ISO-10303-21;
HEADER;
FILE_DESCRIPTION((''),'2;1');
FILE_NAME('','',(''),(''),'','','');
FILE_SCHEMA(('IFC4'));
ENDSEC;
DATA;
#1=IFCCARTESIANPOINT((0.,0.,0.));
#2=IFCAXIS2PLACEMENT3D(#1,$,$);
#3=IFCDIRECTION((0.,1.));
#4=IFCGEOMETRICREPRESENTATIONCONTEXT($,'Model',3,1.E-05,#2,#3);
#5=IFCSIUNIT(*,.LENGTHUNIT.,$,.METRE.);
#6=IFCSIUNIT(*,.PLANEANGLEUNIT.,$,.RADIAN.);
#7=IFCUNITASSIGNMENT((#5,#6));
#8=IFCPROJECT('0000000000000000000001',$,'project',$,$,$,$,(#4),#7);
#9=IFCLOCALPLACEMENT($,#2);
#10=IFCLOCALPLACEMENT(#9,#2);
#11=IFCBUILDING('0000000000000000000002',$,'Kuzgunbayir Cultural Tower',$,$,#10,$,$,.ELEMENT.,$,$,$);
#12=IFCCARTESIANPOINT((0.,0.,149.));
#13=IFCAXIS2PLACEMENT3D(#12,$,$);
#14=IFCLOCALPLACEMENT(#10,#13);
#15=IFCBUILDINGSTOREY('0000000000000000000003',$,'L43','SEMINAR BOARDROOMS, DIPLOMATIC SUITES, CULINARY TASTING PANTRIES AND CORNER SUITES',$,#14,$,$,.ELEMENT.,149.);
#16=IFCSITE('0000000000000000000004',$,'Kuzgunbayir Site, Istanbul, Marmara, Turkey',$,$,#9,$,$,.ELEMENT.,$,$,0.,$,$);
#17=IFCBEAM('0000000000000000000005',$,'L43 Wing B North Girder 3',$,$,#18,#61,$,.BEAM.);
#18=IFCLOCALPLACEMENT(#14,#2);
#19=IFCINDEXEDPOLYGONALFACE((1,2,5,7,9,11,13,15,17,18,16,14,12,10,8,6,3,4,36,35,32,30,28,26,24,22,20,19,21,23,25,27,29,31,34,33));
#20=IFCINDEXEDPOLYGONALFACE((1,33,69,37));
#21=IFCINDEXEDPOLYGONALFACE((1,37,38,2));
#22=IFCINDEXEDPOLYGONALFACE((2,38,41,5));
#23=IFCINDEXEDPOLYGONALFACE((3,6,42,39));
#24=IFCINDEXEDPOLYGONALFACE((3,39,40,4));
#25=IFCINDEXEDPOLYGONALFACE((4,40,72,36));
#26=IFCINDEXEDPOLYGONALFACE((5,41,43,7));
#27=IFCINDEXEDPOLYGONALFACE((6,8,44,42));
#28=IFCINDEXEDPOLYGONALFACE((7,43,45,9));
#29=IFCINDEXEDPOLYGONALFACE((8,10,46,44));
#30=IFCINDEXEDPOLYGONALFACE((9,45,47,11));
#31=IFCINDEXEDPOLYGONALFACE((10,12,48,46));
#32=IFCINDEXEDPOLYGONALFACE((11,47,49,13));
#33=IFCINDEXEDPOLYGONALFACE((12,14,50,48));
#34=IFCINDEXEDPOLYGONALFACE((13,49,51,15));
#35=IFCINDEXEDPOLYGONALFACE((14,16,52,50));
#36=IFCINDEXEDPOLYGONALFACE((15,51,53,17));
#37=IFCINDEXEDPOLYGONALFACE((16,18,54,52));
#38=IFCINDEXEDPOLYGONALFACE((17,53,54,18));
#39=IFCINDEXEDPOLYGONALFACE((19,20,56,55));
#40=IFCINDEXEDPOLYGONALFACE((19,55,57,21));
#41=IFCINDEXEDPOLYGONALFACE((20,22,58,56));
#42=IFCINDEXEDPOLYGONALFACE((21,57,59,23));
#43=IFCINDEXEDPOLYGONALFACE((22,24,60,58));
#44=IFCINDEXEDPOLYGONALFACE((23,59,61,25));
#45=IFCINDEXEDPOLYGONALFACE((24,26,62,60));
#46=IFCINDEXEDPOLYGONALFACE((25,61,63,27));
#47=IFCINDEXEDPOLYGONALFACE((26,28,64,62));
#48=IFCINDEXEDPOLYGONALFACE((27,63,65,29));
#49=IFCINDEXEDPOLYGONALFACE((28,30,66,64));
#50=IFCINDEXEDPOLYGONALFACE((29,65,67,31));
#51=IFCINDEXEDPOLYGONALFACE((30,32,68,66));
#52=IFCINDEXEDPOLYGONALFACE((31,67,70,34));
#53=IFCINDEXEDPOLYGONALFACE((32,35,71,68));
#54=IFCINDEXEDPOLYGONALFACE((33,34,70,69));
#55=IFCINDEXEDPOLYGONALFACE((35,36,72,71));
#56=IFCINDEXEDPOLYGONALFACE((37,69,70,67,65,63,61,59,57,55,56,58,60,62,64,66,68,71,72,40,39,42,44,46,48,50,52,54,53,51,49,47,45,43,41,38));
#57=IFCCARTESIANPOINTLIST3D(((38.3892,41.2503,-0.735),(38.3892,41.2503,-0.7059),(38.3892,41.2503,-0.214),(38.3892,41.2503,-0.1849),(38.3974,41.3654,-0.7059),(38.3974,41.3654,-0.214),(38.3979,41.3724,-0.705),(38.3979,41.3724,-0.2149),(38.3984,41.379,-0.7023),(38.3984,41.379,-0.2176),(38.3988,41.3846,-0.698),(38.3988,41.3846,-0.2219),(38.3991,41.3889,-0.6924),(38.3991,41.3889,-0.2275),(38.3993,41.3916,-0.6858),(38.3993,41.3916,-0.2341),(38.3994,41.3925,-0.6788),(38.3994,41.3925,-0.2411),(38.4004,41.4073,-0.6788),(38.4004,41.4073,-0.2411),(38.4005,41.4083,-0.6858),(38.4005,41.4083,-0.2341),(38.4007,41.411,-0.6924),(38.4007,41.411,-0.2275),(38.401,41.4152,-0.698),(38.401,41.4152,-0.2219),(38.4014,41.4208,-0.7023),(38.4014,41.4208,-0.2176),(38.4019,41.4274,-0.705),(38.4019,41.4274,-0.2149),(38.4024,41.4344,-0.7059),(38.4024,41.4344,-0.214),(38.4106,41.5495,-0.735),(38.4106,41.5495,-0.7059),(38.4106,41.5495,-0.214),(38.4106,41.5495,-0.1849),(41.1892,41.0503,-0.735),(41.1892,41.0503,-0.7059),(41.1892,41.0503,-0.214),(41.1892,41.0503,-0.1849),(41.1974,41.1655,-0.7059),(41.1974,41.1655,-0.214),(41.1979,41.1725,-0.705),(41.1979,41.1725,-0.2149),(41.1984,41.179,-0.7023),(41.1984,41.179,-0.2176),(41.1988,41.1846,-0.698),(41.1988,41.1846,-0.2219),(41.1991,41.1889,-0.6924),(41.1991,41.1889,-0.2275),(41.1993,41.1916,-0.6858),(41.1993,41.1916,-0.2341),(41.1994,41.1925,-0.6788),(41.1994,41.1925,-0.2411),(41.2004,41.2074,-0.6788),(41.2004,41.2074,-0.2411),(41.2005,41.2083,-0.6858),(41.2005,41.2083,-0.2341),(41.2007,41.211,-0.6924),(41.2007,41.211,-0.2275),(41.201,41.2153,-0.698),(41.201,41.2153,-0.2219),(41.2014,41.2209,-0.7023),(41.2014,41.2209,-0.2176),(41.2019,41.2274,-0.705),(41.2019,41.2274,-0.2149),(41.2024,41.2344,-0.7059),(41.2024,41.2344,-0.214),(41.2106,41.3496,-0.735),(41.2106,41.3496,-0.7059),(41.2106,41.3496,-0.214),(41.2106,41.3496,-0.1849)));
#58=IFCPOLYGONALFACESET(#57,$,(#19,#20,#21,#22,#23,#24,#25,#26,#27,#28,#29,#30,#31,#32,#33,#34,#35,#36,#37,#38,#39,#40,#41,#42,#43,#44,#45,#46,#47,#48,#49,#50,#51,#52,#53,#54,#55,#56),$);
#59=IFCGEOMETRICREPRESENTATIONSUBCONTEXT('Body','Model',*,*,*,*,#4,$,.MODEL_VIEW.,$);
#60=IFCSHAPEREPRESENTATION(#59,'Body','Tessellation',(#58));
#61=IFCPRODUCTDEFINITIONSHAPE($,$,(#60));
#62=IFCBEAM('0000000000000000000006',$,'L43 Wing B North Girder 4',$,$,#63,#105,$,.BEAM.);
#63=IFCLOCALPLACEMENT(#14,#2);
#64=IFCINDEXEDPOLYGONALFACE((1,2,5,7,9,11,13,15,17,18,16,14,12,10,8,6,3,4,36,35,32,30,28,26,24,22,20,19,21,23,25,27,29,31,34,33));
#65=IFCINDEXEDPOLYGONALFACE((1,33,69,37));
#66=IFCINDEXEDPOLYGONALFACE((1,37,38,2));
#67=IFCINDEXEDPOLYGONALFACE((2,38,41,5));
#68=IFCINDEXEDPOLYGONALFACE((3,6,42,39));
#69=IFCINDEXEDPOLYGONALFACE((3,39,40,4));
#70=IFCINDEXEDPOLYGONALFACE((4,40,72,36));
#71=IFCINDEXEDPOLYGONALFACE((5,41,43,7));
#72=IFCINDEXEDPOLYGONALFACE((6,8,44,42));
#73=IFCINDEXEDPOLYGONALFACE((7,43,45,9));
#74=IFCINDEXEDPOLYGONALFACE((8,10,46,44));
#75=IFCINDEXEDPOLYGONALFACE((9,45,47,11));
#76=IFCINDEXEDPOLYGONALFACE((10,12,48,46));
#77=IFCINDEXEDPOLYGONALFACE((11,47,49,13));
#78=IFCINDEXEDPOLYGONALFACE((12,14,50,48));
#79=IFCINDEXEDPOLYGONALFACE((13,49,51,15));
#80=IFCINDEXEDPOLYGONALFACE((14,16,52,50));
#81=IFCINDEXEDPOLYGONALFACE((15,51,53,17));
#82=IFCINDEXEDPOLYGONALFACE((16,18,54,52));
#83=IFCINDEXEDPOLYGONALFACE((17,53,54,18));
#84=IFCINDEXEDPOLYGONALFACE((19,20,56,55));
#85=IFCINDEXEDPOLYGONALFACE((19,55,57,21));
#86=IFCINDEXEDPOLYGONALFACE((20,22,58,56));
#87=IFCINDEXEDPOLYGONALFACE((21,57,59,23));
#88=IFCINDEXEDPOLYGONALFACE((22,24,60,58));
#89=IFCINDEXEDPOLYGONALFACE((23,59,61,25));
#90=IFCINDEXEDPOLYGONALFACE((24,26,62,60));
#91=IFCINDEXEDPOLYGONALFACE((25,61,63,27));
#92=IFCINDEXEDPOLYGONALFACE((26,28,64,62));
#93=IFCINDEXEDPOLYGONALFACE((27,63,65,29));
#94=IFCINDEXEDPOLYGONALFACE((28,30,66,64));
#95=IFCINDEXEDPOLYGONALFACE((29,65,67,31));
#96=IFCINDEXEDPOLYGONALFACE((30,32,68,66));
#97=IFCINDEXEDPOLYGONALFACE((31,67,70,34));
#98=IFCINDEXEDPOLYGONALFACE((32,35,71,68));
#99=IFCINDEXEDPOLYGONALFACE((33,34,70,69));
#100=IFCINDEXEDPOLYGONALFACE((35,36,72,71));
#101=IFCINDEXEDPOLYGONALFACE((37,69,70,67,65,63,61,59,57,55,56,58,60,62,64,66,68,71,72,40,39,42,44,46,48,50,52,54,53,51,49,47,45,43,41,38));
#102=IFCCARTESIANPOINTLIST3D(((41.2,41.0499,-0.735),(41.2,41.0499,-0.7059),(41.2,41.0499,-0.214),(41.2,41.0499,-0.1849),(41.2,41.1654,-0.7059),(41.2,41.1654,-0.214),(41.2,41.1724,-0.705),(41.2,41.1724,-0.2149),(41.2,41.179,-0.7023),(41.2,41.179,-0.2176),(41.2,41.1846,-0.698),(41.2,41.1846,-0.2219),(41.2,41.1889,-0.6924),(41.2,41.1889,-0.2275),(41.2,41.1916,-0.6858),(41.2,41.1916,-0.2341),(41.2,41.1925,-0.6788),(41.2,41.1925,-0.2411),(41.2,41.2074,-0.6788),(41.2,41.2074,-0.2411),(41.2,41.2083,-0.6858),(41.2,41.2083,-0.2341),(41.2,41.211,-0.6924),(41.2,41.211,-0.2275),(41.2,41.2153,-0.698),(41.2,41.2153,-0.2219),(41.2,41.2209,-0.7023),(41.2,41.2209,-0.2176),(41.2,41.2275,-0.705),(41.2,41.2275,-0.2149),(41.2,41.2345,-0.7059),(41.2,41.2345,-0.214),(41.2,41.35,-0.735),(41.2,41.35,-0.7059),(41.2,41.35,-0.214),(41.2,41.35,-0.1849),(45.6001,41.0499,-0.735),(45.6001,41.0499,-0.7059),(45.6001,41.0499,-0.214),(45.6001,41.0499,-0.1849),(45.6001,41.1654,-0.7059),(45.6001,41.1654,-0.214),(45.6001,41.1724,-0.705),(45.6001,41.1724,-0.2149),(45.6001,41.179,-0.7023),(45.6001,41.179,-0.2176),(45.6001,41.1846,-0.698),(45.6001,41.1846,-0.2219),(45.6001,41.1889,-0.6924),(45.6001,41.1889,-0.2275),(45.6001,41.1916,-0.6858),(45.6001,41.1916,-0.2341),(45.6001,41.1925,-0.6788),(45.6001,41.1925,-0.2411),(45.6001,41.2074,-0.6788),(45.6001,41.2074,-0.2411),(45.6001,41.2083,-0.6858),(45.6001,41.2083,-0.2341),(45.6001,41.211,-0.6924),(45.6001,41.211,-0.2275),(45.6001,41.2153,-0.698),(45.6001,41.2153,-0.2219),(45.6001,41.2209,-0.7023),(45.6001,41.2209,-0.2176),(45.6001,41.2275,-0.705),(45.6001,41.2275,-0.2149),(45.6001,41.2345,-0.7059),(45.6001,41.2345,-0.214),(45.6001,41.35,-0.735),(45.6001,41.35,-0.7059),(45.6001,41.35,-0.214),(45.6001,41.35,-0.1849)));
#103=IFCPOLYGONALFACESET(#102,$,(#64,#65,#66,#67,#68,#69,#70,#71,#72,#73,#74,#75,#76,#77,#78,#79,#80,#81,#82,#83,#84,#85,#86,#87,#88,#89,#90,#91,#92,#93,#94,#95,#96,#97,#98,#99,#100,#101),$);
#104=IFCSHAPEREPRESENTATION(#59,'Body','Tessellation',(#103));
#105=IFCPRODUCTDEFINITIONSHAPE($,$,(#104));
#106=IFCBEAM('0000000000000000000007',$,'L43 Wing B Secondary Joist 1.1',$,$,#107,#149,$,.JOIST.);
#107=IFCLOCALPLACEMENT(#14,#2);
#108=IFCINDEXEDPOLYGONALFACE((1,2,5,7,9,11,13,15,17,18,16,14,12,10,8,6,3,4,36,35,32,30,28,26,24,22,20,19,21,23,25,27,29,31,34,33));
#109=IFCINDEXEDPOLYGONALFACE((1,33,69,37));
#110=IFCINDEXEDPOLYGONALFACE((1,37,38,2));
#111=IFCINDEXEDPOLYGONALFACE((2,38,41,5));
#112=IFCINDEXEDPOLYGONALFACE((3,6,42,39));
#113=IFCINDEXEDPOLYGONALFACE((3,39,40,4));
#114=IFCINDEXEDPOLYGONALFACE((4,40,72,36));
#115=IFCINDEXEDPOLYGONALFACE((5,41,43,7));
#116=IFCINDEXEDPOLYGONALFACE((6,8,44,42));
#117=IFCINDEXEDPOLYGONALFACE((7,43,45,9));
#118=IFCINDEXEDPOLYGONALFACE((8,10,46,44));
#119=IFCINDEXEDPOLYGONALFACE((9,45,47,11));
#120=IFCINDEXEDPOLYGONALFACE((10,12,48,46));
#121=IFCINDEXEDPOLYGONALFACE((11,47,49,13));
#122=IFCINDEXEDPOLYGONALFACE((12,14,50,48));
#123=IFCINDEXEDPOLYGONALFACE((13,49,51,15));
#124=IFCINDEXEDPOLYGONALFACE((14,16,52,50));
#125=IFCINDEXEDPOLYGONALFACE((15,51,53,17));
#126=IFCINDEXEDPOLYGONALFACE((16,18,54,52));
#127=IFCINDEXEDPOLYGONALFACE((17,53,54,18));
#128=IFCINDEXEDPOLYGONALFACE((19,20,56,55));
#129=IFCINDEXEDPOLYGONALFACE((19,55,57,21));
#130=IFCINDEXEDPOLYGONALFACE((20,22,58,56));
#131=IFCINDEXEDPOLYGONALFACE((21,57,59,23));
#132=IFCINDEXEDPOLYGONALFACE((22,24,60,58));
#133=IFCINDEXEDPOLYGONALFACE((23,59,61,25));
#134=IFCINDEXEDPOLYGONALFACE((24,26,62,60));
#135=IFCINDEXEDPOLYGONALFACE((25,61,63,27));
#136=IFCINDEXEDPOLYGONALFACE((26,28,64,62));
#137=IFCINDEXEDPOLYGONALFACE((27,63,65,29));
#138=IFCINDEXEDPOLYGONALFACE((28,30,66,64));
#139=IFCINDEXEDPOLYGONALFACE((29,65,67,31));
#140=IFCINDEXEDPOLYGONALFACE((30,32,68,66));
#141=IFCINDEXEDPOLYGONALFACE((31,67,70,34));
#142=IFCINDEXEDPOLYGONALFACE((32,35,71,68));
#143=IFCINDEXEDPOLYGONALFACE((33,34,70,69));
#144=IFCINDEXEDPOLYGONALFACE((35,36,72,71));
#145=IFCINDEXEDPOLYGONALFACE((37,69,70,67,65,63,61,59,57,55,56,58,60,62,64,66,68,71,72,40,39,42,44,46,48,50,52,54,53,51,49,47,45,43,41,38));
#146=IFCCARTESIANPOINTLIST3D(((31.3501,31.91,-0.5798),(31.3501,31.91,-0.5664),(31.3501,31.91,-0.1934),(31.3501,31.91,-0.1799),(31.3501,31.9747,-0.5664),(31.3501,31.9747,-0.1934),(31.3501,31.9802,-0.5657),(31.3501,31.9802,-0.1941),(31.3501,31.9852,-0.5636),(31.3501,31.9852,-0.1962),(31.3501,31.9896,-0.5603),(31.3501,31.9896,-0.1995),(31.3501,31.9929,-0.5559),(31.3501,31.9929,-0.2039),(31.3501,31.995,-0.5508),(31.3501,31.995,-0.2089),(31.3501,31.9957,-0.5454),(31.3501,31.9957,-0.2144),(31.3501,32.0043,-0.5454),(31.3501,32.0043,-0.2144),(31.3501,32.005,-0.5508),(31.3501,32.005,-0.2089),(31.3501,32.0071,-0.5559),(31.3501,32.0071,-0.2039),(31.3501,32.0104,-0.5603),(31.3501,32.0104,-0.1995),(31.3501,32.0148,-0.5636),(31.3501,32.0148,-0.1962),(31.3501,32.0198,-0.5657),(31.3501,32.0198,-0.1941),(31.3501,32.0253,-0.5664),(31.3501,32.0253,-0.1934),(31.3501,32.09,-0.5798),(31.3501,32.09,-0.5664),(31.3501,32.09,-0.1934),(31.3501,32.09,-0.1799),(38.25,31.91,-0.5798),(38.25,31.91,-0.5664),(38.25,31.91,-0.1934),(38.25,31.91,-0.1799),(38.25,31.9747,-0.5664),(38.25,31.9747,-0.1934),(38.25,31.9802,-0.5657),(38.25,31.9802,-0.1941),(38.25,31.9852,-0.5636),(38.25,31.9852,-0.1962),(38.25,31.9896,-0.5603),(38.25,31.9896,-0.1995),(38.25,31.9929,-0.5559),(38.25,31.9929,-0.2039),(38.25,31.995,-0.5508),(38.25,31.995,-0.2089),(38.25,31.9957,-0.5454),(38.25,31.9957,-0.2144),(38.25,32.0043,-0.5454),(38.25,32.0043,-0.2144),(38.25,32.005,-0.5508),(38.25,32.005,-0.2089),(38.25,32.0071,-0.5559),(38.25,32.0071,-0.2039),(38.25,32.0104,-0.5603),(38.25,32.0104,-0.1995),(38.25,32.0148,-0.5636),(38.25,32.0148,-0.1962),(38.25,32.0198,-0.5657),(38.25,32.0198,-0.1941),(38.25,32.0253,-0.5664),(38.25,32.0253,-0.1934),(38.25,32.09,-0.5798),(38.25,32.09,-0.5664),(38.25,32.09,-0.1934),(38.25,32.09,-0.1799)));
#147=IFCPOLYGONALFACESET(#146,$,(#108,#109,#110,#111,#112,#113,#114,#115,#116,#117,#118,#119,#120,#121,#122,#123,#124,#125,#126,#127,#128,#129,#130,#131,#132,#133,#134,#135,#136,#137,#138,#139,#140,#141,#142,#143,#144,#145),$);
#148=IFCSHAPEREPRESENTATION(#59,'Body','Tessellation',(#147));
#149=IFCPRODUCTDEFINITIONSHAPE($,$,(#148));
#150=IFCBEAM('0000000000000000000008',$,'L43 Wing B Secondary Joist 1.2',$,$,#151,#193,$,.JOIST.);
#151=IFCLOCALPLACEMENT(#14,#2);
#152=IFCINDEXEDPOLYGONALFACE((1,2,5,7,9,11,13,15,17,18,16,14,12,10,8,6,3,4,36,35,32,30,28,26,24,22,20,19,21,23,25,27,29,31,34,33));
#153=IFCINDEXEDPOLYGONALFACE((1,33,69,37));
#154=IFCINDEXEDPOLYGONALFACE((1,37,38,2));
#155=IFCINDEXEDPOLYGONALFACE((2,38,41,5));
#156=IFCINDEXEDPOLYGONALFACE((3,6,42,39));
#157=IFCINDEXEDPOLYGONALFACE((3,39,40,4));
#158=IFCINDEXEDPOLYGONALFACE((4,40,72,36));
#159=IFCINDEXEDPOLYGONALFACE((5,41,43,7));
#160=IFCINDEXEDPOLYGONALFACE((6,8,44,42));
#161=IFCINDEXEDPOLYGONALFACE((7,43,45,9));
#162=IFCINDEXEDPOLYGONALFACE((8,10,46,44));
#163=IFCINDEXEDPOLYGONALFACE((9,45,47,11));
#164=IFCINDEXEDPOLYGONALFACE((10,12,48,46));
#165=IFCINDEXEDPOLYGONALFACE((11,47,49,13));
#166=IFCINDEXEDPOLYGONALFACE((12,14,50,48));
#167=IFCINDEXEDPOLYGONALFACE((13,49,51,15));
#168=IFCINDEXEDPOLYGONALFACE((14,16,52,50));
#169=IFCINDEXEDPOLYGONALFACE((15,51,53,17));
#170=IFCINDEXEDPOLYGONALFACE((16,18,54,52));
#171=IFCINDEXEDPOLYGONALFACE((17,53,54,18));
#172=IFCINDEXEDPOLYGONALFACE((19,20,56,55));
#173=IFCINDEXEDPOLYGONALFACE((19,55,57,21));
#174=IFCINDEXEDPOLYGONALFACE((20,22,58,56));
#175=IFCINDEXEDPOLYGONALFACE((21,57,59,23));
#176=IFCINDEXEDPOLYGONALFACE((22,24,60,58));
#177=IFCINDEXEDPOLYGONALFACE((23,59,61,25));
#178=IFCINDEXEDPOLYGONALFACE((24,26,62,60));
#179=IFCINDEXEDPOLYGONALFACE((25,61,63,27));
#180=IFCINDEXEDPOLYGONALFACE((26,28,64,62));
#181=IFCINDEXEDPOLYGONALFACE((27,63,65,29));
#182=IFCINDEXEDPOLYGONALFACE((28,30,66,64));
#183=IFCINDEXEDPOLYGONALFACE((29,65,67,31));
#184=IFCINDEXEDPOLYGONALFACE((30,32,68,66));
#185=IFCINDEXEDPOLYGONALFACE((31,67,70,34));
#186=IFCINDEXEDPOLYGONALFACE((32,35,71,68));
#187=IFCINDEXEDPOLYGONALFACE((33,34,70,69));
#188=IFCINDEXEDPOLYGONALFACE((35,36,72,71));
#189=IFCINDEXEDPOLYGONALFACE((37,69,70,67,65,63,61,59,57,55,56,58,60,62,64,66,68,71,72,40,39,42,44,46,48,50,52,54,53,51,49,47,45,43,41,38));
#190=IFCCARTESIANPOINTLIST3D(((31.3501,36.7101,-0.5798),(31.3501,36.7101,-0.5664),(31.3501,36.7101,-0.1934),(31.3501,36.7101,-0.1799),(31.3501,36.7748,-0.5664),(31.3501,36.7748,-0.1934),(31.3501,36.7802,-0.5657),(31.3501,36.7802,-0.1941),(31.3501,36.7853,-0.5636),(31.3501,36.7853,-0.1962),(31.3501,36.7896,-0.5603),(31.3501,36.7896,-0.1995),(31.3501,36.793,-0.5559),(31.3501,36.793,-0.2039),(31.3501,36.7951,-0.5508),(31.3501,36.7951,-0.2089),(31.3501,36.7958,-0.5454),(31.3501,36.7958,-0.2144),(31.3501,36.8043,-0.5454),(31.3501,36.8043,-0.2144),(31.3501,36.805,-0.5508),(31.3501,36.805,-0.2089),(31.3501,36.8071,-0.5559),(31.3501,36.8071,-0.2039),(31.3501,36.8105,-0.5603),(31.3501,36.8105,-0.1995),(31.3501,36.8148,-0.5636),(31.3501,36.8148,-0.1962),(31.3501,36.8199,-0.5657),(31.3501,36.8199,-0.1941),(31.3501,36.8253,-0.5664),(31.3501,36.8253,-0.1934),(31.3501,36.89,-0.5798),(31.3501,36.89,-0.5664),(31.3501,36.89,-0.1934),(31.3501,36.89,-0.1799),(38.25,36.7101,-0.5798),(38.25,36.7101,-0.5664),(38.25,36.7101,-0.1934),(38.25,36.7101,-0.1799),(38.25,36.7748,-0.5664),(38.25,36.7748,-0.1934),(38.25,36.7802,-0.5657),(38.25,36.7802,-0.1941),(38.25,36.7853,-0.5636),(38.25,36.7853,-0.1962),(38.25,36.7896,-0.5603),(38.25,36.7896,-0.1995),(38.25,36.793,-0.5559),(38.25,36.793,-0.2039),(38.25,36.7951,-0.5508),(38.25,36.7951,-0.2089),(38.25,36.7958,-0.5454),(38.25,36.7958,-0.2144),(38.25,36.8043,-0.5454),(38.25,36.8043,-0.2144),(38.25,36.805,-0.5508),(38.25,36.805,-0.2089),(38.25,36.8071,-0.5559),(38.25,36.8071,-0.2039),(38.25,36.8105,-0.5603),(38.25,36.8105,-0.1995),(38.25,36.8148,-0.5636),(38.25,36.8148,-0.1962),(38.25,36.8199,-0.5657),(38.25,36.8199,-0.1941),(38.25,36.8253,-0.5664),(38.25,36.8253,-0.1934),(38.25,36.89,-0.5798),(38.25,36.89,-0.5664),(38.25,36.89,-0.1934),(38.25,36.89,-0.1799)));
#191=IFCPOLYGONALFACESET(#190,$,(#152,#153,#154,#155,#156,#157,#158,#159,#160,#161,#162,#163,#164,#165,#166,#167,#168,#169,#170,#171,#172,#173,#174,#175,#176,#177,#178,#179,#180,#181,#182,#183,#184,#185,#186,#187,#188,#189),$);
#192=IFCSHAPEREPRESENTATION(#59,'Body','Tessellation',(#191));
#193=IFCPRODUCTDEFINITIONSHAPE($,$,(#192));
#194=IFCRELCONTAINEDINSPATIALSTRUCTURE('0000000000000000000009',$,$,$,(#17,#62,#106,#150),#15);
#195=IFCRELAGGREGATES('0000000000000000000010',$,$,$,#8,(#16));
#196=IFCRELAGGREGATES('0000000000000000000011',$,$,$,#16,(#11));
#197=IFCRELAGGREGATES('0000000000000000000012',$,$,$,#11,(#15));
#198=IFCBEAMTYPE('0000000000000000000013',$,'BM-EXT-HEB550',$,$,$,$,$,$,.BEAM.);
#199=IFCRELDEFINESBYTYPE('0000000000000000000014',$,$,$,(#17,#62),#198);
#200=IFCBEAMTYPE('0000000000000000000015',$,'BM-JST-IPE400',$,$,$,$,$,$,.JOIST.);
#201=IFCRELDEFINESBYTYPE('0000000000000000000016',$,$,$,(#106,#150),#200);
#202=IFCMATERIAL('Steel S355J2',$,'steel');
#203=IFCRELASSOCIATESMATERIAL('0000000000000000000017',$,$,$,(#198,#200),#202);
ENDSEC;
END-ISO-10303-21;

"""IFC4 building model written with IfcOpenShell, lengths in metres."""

from ifc_helpers import new_model, si_unit, direction, frame, origin, origin_2d, place, context, subcontext, project, spatial, i_section, extrude, material, material_profile, profile_set, type_object, element, save


model = new_model("IFC4")

# Units and contexts
model_context = context("Model", 3, precision=1e-05, world=origin(), true_north=direction((0.0, 1.0)))
body_context = subcontext(model_context, "Body", "Model", "MODEL_VIEW")
ifc_project = project(units=[si_unit("LENGTHUNIT", "METRE"), si_unit("PLANEANGLEUNIT", "RADIAN")], contexts=[model_context])

# Site, building, storey
site_placement = place(None, origin())
site = spatial("IfcSite", under=ifc_project, at=site_placement, Name="Kuzgunbayir Site, Istanbul, Marmara, Turkey", CompositionType="ELEMENT", RefElevation=0.0)
building_placement = place(site_placement, origin())
building = spatial("IfcBuilding", under=site, at=building_placement, Name="Kuzgunbayir Cultural Tower", CompositionType="ELEMENT")
storey_placement = place(building_placement, frame((0.0, 0.0, 149.0)))
storey = spatial("IfcBuildingStorey", under=building, at=storey_placement, Name="L43", Description="SEMINAR BOARDROOMS, DIPLOMATIC SUITES, CULINARY TASTING PANTRIES AND CORNER SUITES", CompositionType="ELEMENT", Elevation=149.0)

# Beams
ifc_material_1 = material(Name="Steel S355J2", Category="steel")
ifc_material_profile_1 = material_profile(ifc_material_1, i_section(OverallWidth=0.3, OverallDepth=0.55, WebThickness=0.0149, FlangeThickness=0.0291, FilletRadius=0.0271, at=origin_2d()), Name="HEB 550")
ifc_profile_set_1 = profile_set([ifc_material_profile_1], Name="Steel S355J2")
beam_type_1 = type_object("IfcBeamType", Name="BM-EXT-HEB550", PredefinedType="BEAM", material=ifc_profile_set_1)
beam_1_placement = place(storey_placement, frame((38.3999, 41.3999, -0.46), z_axis=(0.99746, -0.071229, 0.0), x_axis=(0.071229, 0.99746, 0.0)))
element("IfcBeam", 1, at=beam_1_placement, inside=storey, type_object=beam_type_1, Name="L43 Wing B North Girder 3", PredefinedType="BEAM", context=body_context, shape_type="SweptSolid", body=[
    extrude(i_section(OverallWidth=0.3, OverallDepth=0.55, WebThickness=0.0149, FlangeThickness=0.0291, FilletRadius=0.0271, at=origin_2d()), origin(), (0.0, 0.0, 1.0), 2.8071),
])
beam_2_placement = place(storey_placement, frame((41.2, 41.2, -0.46), z_axis=(1.0, 0.0, 0.0), x_axis=(0.0, 1.0, 0.0)))
element("IfcBeam", 2, at=beam_2_placement, inside=storey, type_object=beam_type_1, Name="L43 Wing B North Girder 4", PredefinedType="BEAM", context=body_context, shape_type="SweptSolid", body=[
    extrude(i_section(OverallWidth=0.3, OverallDepth=0.55, WebThickness=0.0149, FlangeThickness=0.0291, FilletRadius=0.0271, at=origin_2d()), origin(), (0.0, 0.0, 1.0), 4.4001),
])
ifc_material_profile_2 = material_profile(ifc_material_1, i_section(OverallWidth=0.1799, OverallDepth=0.3999, WebThickness=0.0085, FlangeThickness=0.0134, FilletRadius=0.021, at=origin_2d()), Name="IPE 400")
ifc_profile_set_2 = profile_set([ifc_material_profile_2], Name="Steel S355J2")
beam_type_2 = type_object("IfcBeamType", Name="BM-JST-IPE400", PredefinedType="JOIST", material=ifc_profile_set_2)
for number, where, z_axis, x_axis, name in (
    (3, (31.3501, 32.0, -0.3799), (1.0, 0.0, 0.0), (0.0, 1.0, 0.0), "L43 Wing B Secondary Joist 1.1"),
    (4, (31.3501, 36.8, -0.3799), (1.0, 0.0, 0.0), (0.0, 1.0, 0.0), "L43 Wing B Secondary Joist 1.2"),
):
    element("IfcBeam", number, at=place(storey_placement, frame(where, z_axis=z_axis, x_axis=x_axis)), inside=storey, type_object=beam_type_2, Name=name, PredefinedType="JOIST", context=body_context, shape_type="SweptSolid", body=[
        extrude(i_section(OverallWidth=0.1799, OverallDepth=0.3999, WebThickness=0.0085, FlangeThickness=0.0134, FilletRadius=0.021, at=origin_2d()), origin(), (0.0, 0.0, 1.0), 6.8999),
    ])

save(model, "model.ifc")
